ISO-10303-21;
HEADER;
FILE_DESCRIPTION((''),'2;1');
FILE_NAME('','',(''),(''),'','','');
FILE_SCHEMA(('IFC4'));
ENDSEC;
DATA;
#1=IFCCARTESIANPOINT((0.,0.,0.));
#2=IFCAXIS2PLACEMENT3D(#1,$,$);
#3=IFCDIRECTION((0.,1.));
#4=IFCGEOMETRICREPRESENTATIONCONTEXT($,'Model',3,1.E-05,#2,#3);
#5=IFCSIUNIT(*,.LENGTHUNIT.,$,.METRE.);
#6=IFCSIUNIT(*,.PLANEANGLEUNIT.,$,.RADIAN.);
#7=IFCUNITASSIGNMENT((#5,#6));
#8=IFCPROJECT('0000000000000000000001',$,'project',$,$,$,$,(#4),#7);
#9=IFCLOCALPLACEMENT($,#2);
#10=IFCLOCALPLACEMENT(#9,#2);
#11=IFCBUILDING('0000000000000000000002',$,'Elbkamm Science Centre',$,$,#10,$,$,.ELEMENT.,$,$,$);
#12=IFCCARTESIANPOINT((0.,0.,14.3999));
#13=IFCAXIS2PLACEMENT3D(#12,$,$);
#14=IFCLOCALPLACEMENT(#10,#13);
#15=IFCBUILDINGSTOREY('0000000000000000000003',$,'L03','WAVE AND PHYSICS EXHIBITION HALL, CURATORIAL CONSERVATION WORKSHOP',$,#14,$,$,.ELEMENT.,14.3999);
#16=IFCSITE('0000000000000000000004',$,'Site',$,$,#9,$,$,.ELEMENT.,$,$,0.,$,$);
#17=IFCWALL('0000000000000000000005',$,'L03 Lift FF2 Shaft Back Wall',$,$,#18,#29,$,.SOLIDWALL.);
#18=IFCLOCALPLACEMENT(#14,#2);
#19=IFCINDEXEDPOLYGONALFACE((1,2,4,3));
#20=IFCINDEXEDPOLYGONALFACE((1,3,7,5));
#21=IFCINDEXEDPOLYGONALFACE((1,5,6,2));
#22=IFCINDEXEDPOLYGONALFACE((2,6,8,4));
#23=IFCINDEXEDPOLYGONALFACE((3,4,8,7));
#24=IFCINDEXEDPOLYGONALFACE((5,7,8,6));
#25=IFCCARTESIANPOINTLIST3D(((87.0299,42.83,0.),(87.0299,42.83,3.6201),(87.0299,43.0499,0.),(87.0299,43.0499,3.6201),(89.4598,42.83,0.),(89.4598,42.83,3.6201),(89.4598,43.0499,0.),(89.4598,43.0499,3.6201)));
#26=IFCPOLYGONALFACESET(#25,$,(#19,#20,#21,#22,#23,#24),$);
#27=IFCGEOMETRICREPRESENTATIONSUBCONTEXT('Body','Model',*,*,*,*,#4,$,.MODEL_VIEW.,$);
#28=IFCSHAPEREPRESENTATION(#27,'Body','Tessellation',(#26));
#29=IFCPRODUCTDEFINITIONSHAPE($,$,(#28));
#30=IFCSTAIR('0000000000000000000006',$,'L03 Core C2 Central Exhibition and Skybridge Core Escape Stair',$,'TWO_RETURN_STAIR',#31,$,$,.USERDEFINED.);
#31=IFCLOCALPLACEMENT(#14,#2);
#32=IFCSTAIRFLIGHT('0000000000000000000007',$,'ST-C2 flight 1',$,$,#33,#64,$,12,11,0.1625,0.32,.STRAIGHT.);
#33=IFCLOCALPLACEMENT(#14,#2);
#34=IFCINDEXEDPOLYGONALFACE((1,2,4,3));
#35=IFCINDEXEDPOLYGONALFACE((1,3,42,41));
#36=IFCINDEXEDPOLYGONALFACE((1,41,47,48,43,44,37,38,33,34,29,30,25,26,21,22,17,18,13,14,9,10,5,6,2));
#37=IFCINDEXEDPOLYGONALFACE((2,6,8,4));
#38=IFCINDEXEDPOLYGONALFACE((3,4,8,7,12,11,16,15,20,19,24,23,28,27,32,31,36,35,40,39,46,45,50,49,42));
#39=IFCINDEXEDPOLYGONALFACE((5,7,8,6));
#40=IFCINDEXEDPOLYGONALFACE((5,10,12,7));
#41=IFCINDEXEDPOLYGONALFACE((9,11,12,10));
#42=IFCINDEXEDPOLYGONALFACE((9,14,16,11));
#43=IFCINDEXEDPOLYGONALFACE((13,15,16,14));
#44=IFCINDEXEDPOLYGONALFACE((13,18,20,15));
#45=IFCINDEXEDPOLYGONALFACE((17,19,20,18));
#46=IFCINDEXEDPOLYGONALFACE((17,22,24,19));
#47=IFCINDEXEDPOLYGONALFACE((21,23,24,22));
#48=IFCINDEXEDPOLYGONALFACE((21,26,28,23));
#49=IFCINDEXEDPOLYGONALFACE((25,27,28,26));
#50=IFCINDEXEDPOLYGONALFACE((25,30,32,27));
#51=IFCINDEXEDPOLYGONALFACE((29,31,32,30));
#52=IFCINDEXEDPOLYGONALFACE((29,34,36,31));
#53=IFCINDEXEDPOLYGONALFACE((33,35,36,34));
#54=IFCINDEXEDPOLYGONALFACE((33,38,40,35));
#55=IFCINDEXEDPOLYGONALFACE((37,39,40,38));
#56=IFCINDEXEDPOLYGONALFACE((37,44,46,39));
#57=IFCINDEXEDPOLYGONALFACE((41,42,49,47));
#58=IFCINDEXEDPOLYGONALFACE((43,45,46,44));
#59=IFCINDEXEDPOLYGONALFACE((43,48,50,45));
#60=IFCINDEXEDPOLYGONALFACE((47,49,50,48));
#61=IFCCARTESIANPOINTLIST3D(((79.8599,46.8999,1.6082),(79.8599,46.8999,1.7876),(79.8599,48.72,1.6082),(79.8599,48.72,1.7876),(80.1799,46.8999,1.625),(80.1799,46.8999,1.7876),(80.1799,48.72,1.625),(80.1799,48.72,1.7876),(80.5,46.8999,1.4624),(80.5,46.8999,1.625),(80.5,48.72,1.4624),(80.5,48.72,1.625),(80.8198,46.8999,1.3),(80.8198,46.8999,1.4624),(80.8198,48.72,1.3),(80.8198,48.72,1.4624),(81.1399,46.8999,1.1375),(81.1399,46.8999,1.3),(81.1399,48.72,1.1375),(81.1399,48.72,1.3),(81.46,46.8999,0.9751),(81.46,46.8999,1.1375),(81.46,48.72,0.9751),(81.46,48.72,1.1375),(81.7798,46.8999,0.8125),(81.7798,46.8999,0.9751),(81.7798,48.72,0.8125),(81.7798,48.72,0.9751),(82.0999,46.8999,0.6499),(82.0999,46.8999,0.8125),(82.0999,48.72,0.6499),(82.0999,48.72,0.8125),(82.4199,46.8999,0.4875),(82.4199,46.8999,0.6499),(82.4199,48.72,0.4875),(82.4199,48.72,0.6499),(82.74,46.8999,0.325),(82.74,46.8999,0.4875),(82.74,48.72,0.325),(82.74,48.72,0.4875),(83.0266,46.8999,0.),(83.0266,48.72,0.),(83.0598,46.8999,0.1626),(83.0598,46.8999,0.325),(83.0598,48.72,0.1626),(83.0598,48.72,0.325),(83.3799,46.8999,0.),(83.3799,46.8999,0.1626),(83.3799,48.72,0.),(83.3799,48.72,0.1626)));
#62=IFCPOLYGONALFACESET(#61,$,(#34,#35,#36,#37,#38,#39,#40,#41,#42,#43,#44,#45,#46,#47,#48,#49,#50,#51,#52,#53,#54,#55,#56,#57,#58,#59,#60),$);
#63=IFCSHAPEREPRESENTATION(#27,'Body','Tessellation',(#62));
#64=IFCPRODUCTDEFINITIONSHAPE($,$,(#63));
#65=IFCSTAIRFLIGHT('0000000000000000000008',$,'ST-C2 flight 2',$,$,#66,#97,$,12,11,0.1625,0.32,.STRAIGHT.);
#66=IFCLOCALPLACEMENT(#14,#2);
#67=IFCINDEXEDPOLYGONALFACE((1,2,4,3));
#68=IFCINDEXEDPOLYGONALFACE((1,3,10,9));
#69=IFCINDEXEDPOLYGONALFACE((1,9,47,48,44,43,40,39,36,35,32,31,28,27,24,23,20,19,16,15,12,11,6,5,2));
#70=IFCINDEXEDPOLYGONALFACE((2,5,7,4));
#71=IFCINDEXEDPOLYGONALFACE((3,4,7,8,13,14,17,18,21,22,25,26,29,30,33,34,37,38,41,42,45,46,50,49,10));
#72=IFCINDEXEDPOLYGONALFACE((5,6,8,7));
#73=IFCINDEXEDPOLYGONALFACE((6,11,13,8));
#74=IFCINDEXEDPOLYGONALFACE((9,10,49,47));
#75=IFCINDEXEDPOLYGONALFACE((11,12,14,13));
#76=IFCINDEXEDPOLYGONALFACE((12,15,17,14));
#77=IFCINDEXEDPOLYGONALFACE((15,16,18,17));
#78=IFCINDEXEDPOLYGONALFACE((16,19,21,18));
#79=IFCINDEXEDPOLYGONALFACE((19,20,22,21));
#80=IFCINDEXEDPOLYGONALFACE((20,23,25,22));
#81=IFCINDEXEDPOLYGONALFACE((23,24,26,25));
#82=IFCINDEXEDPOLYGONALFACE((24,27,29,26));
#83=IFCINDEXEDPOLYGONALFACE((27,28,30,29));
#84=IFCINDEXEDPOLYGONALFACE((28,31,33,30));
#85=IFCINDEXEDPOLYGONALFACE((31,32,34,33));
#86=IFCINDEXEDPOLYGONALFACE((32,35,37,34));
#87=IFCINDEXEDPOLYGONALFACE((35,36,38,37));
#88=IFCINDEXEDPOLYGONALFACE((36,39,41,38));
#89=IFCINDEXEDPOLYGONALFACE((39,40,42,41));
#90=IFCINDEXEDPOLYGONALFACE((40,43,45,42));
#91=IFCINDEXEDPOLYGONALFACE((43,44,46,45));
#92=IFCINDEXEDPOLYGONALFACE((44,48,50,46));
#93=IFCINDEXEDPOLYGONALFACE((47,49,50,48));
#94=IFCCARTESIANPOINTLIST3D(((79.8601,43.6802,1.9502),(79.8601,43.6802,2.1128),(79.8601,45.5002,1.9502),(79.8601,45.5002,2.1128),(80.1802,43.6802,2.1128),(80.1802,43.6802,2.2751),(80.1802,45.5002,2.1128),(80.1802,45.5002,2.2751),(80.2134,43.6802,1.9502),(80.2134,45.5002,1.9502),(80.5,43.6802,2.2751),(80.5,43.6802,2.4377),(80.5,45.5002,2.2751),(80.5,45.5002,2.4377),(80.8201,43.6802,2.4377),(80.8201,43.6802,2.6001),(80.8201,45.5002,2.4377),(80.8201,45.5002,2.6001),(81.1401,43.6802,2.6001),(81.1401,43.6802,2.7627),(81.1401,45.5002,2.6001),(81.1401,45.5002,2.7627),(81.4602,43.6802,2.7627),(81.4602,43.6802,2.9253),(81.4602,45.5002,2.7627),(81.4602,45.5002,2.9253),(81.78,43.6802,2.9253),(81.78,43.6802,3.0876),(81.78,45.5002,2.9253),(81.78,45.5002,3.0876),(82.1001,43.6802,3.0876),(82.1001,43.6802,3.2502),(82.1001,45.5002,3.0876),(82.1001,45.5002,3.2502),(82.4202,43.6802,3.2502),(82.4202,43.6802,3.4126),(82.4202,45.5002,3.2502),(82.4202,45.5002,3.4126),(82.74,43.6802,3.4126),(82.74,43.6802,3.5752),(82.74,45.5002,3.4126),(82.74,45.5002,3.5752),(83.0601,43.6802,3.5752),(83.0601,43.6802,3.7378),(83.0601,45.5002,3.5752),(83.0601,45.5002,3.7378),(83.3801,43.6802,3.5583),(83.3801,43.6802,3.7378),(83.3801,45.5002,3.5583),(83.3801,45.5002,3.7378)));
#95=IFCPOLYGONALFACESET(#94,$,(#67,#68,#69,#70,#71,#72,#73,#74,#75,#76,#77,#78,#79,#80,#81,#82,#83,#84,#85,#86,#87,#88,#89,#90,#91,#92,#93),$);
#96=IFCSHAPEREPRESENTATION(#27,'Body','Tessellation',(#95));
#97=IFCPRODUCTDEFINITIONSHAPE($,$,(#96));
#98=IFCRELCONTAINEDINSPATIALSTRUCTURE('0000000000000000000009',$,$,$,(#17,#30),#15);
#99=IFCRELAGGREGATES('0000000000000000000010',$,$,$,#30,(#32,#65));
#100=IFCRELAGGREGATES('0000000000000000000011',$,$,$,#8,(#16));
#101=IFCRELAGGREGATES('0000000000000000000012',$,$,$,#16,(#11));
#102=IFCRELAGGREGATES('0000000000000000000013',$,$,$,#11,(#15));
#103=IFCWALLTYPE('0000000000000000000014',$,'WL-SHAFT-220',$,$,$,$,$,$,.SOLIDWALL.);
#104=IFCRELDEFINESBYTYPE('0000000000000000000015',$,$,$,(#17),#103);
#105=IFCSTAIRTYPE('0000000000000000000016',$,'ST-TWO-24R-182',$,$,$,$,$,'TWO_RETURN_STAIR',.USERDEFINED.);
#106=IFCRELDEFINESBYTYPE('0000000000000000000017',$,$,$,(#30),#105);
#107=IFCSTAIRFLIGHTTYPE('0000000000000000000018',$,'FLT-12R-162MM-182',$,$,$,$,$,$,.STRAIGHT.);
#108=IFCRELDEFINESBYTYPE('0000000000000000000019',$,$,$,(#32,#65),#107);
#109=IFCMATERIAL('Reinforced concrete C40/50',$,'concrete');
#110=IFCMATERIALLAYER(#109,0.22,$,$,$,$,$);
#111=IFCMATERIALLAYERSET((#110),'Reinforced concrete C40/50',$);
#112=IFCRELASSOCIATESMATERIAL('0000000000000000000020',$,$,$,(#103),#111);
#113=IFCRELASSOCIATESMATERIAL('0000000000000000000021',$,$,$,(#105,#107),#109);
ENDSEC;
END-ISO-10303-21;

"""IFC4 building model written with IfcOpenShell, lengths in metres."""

from ifc_helpers import new_model, si_unit, direction, frame, frame_2d, origin, place, context, subcontext, project, spatial, polyline, rectangle, outline, extrude, material, layer, layer_set, type_object, element, aggregate, save


model = new_model("IFC4")

# Units and contexts
model_context = context("Model", 3, precision=1e-05, world=origin(), true_north=direction((0.0, 1.0)))
body_context = subcontext(model_context, "Body", "Model", "MODEL_VIEW")
ifc_project = project(units=[si_unit("LENGTHUNIT", "METRE"), si_unit("PLANEANGLEUNIT", "RADIAN")], contexts=[model_context])

# Site, building, storey
site_placement = place(None, origin())
site = spatial("IfcSite", under=ifc_project, at=site_placement, Name="Site", CompositionType="ELEMENT", RefElevation=0.0)
building_placement = place(site_placement, origin())
building = spatial("IfcBuilding", under=site, at=building_placement, Name="Elbkamm Science Centre", CompositionType="ELEMENT")
storey_placement = place(building_placement, frame((0.0, 0.0, 14.3999)))
storey = spatial("IfcBuildingStorey", under=building, at=storey_placement, Name="L03", Description="WAVE AND PHYSICS EXHIBITION HALL, CURATORIAL CONSERVATION WORKSHOP", CompositionType="ELEMENT", Elevation=14.3999)

# Shared definitions
ifc_material_1 = material(Name="Reinforced concrete C40/50", Category="concrete")

# Wall
ifc_layer_1 = layer(ifc_material_1, 0.22)
ifc_layer_set_1 = layer_set([ifc_layer_1], Name="Reinforced concrete C40/50")
wall_type_1 = type_object("IfcWallType", Name="WL-SHAFT-220", PredefinedType="SOLIDWALL", material=ifc_layer_set_1)
wall_1_placement = place(storey_placement, frame((87.03, 42.9399, 0.0), z_axis=(0.0, 0.0, 1.0), x_axis=(1.0, 0.0, 0.0)))
element("IfcWall", 1, at=wall_1_placement, inside=storey, type_object=wall_type_1, Name="L03 Lift FF2 Shaft Back Wall", PredefinedType="SOLIDWALL", context=body_context, shape_type="SweptSolid", body=[
    extrude(rectangle(XDim=2.4299, YDim=0.22, at=frame_2d((1.2148, 0.0))), origin(), (0.0, 0.0, 1.0), 3.6201),
])

# Stair, stair flights
stair_type = type_object("IfcStairType", Name="ST-TWO-24R-182", ElementType="TWO_RETURN_STAIR", PredefinedType="USERDEFINED", material=ifc_material_1)
stair_placement = place(storey_placement, origin())
stair = element("IfcStair", 2, at=stair_placement, inside=storey, type_object=stair_type, Name="L03 Core C2 Central Exhibition and Skybridge Core Escape Stair", ObjectType="TWO_RETURN_STAIR", PredefinedType="USERDEFINED")
stair_flight_type = type_object("IfcStairFlightType", Name="FLT-12R-162MM-182", PredefinedType="STRAIGHT", material=ifc_material_1)
stair_flight_1_placement = place(storey_placement, frame((83.3799, 47.8101, 0.0), z_axis=(0.0, 0.0, 1.0), x_axis=(-1.0, 0.0, 0.0)))
stair_flight_1 = element("IfcStairFlight", 3, at=stair_flight_1_placement, type_object=stair_flight_type, Name="ST-C2 flight 1", NumberOfRisers=12, NumberOfTreads=11, PredefinedType="STRAIGHT", RiserHeight=0.1625, TreadLength=0.32, context=body_context, shape_type="SweptSolid", body=[
    extrude(outline(polyline([(0.0, 0.0), (0.0, 0.1626), (0.3201, 0.1626), (0.3201, 0.325), (0.6399, 0.325), (0.6399, 0.4875), (0.96, 0.4875), (0.96, 0.6499), (1.28, 0.6499), (1.28, 0.8125), (1.6001, 0.8125), (1.6001, 0.9751), (1.9199, 0.9751), (1.9199, 1.1375), (2.24, 1.1375), (2.24, 1.3), (2.5601, 1.3), (2.5601, 1.4624), (2.8799, 1.4624), (2.8799, 1.625), (3.2, 1.625), (3.2, 1.7876), (3.52, 1.7876), (3.52, 1.95), (3.52, 1.6082), (0.3533, 0.0), (0.0, 0.0)])), frame((0.0, 0.9102, 0.0), z_axis=(0.0, -1.0, 0.0), x_axis=(1.0, 0.0, 0.0)), (0.0, 0.0, 1.0), 1.8201),
])
stair_flight_2_placement = place(storey_placement, frame((79.8601, 44.5901, 1.9502), z_axis=(0.0, 0.0, 1.0), x_axis=(1.0, 0.0, 0.0)))
stair_flight_2 = element("IfcStairFlight", 4, at=stair_flight_2_placement, type_object=stair_flight_type, Name="ST-C2 flight 2", NumberOfRisers=12, NumberOfTreads=11, PredefinedType="STRAIGHT", RiserHeight=0.1625, TreadLength=0.32, context=body_context, shape_type="SweptSolid", body=[
    extrude(outline(polyline([(0.0, 0.0), (0.0, 0.1626), (0.3201, 0.1626), (0.3201, 0.325), (0.6399, 0.325), (0.6399, 0.4875), (0.96, 0.4875), (0.96, 0.6499), (1.28, 0.6499), (1.28, 0.8125), (1.6001, 0.8125), (1.6001, 0.9751), (1.9199, 0.9751), (1.9199, 1.1375), (2.24, 1.1375), (2.24, 1.3), (2.5601, 1.3), (2.5601, 1.4624), (2.8799, 1.4624), (2.8799, 1.625), (3.2, 1.625), (3.2, 1.7876), (3.52, 1.7876), (3.52, 1.95), (3.52, 1.6082), (0.3533, 0.0), (0.0, 0.0)])), frame((0.0, 0.9102, 0.0), z_axis=(0.0, -1.0, 0.0), x_axis=(1.0, 0.0, 0.0)), (0.0, 0.0, 1.0), 1.8201),
])
aggregate(stair, [stair_flight_1, stair_flight_2])

save(model, "model.ifc")
